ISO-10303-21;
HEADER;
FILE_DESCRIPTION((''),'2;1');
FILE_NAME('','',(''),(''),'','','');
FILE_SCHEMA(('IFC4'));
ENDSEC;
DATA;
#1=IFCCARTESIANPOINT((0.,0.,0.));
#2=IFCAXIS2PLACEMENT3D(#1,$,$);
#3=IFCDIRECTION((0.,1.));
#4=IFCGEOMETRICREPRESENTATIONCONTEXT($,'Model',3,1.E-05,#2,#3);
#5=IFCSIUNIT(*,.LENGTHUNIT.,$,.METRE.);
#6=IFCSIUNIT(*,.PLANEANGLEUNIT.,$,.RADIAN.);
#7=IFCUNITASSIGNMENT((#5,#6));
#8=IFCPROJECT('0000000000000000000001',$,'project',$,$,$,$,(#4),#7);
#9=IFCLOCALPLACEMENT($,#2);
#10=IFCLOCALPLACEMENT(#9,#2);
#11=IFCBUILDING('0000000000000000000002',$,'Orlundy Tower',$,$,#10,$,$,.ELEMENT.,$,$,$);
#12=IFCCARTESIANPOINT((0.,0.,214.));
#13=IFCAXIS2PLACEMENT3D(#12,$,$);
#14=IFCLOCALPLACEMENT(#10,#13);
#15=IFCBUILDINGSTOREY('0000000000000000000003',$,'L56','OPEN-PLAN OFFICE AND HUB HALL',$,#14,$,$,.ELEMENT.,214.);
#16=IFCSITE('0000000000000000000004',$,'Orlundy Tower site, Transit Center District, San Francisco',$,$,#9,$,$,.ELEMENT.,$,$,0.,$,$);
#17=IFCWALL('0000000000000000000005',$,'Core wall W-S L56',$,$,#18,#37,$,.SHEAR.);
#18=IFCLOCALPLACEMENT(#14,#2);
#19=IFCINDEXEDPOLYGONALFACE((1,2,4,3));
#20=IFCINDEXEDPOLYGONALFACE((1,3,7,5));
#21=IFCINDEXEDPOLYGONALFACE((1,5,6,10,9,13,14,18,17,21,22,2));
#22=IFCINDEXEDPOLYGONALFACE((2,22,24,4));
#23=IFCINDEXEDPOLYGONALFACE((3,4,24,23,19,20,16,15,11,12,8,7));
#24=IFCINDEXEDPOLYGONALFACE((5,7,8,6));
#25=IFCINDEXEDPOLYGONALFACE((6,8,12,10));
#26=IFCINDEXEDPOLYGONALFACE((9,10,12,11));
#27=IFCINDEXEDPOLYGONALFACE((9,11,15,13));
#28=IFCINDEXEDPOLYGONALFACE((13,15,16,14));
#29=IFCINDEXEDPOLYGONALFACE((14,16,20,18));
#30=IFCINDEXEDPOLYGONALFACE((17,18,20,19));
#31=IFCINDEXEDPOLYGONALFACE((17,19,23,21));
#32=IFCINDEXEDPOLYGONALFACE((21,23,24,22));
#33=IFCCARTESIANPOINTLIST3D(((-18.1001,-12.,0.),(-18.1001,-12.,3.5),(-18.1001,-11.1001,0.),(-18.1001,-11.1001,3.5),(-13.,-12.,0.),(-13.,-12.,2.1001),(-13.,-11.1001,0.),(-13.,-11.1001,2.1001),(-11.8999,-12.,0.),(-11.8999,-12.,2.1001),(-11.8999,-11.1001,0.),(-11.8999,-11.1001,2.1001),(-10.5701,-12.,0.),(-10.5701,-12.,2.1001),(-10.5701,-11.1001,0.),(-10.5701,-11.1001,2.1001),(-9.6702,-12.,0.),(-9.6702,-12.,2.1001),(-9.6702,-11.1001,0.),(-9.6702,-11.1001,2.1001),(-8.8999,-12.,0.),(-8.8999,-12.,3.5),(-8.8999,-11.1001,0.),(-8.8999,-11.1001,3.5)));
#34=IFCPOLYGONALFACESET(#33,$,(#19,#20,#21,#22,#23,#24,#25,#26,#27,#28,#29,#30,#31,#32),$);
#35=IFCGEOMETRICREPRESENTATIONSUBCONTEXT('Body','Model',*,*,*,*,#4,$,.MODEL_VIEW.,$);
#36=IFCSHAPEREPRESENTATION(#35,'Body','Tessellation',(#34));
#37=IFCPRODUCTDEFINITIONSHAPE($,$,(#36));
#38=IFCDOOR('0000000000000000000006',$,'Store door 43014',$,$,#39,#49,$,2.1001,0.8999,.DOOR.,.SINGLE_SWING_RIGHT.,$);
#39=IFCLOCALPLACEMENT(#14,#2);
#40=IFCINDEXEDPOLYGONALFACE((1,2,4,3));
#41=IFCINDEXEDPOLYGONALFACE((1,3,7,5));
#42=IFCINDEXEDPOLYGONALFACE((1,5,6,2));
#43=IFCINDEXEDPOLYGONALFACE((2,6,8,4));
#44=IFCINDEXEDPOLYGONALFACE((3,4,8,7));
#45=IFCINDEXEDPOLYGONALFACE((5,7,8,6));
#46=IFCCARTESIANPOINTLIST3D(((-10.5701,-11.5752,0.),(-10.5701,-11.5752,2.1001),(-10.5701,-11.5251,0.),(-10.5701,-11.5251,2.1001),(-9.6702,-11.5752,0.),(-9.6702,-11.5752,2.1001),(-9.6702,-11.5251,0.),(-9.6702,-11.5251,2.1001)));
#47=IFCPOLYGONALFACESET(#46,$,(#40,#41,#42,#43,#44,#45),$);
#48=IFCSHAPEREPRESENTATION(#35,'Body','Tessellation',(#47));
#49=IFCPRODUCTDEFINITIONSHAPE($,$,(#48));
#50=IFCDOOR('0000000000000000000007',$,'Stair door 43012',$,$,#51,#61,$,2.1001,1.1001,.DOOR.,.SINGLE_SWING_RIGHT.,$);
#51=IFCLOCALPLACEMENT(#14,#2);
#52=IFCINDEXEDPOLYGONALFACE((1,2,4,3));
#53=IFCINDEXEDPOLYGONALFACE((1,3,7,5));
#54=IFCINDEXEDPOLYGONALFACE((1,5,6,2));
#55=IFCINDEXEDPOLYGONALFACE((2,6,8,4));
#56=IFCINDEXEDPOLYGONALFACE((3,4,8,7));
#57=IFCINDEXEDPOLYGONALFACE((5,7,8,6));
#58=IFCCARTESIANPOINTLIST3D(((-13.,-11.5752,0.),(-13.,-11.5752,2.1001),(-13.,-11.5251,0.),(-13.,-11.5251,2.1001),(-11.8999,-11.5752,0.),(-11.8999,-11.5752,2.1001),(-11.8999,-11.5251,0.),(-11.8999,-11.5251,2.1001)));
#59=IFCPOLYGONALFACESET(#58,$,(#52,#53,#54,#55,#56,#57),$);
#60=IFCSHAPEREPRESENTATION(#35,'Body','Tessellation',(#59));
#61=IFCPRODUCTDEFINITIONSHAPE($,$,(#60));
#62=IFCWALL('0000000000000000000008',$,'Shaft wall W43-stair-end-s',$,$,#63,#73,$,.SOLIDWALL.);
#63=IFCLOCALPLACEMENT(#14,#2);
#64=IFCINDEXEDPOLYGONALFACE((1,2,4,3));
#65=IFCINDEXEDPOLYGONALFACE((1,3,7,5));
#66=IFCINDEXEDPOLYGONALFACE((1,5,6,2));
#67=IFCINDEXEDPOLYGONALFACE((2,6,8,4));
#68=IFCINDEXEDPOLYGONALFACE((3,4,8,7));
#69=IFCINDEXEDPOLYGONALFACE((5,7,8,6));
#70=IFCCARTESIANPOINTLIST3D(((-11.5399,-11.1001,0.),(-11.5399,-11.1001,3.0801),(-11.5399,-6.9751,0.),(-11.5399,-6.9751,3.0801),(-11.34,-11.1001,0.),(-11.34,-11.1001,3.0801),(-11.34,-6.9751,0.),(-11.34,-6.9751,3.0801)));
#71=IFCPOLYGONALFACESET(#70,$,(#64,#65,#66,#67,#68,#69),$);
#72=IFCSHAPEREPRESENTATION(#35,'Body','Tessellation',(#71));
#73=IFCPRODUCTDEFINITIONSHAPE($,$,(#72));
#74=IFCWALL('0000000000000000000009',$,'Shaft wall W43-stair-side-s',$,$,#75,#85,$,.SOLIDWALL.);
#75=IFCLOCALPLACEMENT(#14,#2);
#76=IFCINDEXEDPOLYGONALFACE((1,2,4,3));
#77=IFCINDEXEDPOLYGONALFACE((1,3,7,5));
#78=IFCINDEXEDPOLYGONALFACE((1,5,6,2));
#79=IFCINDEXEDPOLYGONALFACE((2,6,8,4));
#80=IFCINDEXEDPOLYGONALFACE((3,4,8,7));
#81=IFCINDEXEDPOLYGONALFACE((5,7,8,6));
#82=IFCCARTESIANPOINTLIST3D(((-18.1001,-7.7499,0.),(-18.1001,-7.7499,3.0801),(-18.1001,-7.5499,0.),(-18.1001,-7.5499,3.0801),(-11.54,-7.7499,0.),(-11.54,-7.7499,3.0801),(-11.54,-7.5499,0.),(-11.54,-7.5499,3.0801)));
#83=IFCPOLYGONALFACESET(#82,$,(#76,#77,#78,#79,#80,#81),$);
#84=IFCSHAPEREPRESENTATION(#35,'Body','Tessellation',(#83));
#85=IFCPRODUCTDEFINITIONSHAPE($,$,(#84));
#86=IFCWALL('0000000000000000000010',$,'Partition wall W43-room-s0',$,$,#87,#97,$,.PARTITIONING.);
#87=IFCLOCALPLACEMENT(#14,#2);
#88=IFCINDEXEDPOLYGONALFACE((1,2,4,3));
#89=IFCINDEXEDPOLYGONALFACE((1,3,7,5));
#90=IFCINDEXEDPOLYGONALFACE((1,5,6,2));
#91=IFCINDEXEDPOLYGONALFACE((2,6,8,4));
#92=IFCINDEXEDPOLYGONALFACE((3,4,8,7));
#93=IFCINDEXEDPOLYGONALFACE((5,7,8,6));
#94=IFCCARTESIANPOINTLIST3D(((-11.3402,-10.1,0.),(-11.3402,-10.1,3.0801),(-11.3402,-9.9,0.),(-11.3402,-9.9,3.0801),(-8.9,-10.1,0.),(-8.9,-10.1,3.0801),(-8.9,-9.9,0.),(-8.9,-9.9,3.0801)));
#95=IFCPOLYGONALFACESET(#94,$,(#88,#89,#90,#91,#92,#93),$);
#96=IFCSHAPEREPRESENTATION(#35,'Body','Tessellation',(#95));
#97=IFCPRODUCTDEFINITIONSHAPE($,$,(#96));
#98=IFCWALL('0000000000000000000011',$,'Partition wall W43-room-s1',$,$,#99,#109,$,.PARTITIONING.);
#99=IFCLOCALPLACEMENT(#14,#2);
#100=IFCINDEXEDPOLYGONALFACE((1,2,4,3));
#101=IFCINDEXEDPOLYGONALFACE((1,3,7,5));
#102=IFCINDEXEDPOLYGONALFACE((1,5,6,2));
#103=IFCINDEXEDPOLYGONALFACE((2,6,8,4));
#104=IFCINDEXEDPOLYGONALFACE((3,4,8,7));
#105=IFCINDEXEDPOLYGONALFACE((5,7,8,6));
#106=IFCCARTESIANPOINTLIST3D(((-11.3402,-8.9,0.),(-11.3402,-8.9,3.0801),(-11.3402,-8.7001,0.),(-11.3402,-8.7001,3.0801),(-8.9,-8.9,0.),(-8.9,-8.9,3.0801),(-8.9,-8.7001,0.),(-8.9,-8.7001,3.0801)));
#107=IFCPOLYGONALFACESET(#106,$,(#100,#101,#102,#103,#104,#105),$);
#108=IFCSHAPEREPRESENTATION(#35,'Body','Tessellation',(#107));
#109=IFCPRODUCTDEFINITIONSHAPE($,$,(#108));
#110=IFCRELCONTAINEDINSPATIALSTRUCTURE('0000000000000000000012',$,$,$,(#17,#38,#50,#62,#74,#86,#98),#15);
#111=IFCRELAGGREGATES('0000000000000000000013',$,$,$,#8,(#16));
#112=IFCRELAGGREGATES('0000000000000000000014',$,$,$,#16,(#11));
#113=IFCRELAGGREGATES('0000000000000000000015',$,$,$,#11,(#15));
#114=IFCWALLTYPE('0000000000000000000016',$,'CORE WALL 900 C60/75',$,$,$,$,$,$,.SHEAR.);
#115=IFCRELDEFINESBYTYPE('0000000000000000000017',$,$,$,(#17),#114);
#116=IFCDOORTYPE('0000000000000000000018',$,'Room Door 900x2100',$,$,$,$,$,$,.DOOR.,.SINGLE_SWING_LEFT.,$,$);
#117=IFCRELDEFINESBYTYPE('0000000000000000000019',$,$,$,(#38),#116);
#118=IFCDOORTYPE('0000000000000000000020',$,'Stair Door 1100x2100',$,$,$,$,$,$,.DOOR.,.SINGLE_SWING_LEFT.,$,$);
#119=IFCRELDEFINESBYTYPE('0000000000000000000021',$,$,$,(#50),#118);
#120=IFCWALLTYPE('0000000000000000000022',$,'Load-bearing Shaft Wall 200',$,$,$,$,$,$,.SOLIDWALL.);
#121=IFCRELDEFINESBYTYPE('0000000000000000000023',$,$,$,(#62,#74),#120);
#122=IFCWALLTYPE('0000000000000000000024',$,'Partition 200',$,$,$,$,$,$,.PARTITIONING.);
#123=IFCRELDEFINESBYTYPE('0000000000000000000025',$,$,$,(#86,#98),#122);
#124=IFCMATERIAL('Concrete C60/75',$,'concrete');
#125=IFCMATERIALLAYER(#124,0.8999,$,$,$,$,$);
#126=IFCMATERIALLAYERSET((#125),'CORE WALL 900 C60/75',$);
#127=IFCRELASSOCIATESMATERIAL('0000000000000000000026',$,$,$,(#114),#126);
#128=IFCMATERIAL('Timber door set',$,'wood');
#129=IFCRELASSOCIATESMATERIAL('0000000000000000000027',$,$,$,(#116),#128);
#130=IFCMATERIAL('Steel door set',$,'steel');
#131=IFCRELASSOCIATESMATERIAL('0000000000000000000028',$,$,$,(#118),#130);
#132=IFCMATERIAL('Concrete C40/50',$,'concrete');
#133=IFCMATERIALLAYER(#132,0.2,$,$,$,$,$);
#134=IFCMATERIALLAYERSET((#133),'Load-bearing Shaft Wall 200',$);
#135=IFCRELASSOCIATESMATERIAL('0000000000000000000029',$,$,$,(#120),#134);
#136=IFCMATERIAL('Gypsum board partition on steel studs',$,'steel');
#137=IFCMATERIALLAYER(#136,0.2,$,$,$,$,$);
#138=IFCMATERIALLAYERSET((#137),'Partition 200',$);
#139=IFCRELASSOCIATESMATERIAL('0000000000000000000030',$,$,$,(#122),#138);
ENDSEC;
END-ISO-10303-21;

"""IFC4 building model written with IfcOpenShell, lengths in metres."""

from ifc_helpers import new_model, si_unit, direction, frame, frame_2d, origin, place, context, subcontext, project, spatial, rectangle, extrude, material, layer, layer_set, type_object, element, fill, save


model = new_model("IFC4")

# Units and contexts
model_context = context("Model", 3, precision=1e-05, world=origin(), true_north=direction((0.0, 1.0)))
body_context = subcontext(model_context, "Body", "Model", "MODEL_VIEW")
ifc_project = project(units=[si_unit("LENGTHUNIT", "METRE"), si_unit("PLANEANGLEUNIT", "RADIAN")], contexts=[model_context])

# Site, building, storey
site_placement = place(None, origin())
site = spatial("IfcSite", under=ifc_project, at=site_placement, Name="Orlundy Tower site, Transit Center District, San Francisco", CompositionType="ELEMENT", RefElevation=0.0)
building_placement = place(site_placement, origin())
building = spatial("IfcBuilding", under=site, at=building_placement, Name="Orlundy Tower", CompositionType="ELEMENT")
storey_placement = place(building_placement, frame((0.0, 0.0, 214.0)))
storey = spatial("IfcBuildingStorey", under=building, at=storey_placement, Name="L56", Description="OPEN-PLAN OFFICE AND HUB HALL", CompositionType="ELEMENT", Elevation=214.0)

# Wall, openings, doors
ifc_material_1 = material(Name="Concrete C60/75", Category="concrete")
ifc_layer_1 = layer(ifc_material_1, 0.8999)
ifc_layer_set_1 = layer_set([ifc_layer_1], Name="CORE WALL 900 C60/75")
wall_type_1 = type_object("IfcWallType", Name="CORE WALL 900 C60/75", PredefinedType="SHEAR", material=ifc_layer_set_1)
wall_1_placement = place(storey_placement, frame((-18.1001, -11.55, 0.0), z_axis=(0.0, 0.0, 1.0), x_axis=(1.0, 0.0, 0.0)))
wall_1 = element("IfcWall", 1, at=wall_1_placement, inside=storey, type_object=wall_type_1, Name="Core wall W-S L56", PredefinedType="SHEAR", context=body_context, shape_type="SweptSolid", body=[
    extrude(rectangle(XDim=9.2002, YDim=0.8999, at=frame_2d((4.6001, 0.0))), origin(), (0.0, 0.0, 1.0), 3.5),
])
opening_1_placement = place(wall_1_placement, frame((5.1001, 0.0, 0.0)))
opening_1 = element("IfcOpeningElement", 2, at=opening_1_placement, cuts=wall_1, PredefinedType="OPENING", context=body_context, shape_type="SweptSolid", body=[
    extrude(rectangle(XDim=1.1001, YDim=2.1001, at=frame_2d((0.55, 1.05))), frame((0.0, 0.46, 0.0), z_axis=(0.0, -1.0, 0.0), x_axis=(1.0, 0.0, 0.0)), (0.0, 0.0, 1.0), 0.9199),
])
opening_2_placement = place(wall_1_placement, frame((7.53, 0.0, 0.0)))
opening_2 = element("IfcOpeningElement", 3, at=opening_2_placement, cuts=wall_1, PredefinedType="OPENING", context=body_context, shape_type="SweptSolid", body=[
    extrude(rectangle(XDim=0.8999, YDim=2.1001, at=frame_2d((0.45, 1.05))), frame((0.0, 0.46, 0.0), z_axis=(0.0, -1.0, 0.0), x_axis=(1.0, 0.0, 0.0)), (0.0, 0.0, 1.0), 0.9199),
])
ifc_material_2 = material(Name="Timber door set", Category="wood")
door_type_1 = type_object("IfcDoorType", Name="Room Door 900x2100", OperationType="SINGLE_SWING_LEFT", PredefinedType="DOOR", material=ifc_material_2)
door_1_placement = place(opening_2_placement, origin())
door_1 = element("IfcDoor", 4, at=door_1_placement, inside=storey, type_object=door_type_1, Name="Store door 43014", OperationType="SINGLE_SWING_RIGHT", OverallHeight=2.1001, OverallWidth=0.8999, PredefinedType="DOOR", context=body_context, shape_type="SweptSolid", body=[
    extrude(rectangle(XDim=0.8999, YDim=2.1001, at=frame_2d((0.45, 1.05))), frame((0.0, 0.0249, 0.0), z_axis=(0.0, -1.0, 0.0), x_axis=(1.0, 0.0, 0.0)), (0.0, 0.0, 1.0), 0.05),
])
fill(opening_2, door_1)
ifc_material_3 = material(Name="Steel door set", Category="steel")
door_type_2 = type_object("IfcDoorType", Name="Stair Door 1100x2100", OperationType="SINGLE_SWING_LEFT", PredefinedType="DOOR", material=ifc_material_3)
door_2_placement = place(opening_1_placement, origin())
door_2 = element("IfcDoor", 5, at=door_2_placement, inside=storey, type_object=door_type_2, Name="Stair door 43012", OperationType="SINGLE_SWING_RIGHT", OverallHeight=2.1001, OverallWidth=1.1001, PredefinedType="DOOR", context=body_context, shape_type="SweptSolid", body=[
    extrude(rectangle(XDim=1.1001, YDim=2.1001, at=frame_2d((0.55, 1.05))), frame((0.0, 0.0249, 0.0), z_axis=(0.0, -1.0, 0.0), x_axis=(1.0, 0.0, 0.0)), (0.0, 0.0, 1.0), 0.05),
])
fill(opening_1, door_2)

# Walls
ifc_material_4 = material(Name="Concrete C40/50", Category="concrete")
ifc_layer_2 = layer(ifc_material_4, 0.2)
ifc_layer_set_2 = layer_set([ifc_layer_2], Name="Load-bearing Shaft Wall 200")
wall_type_2 = type_object("IfcWallType", Name="Load-bearing Shaft Wall 200", PredefinedType="SOLIDWALL", material=ifc_layer_set_2)
wall_2_placement = place(storey_placement, frame((-11.4399, -11.1001, 0.0), z_axis=(0.0, 0.0, 1.0), x_axis=(0.0, 1.0, 0.0)))
element("IfcWall", 6, at=wall_2_placement, inside=storey, type_object=wall_type_2, Name="Shaft wall W43-stair-end-s", PredefinedType="SOLIDWALL", context=body_context, shape_type="SweptSolid", body=[
    extrude(rectangle(XDim=4.125, YDim=0.2, at=frame_2d((2.0625, 0.0))), origin(), (0.0, 0.0, 1.0), 3.0801),
])
wall_3_placement = place(storey_placement, frame((-11.54, -7.6499, 0.0), z_axis=(0.0, 0.0, 1.0), x_axis=(-1.0, 0.0, 0.0)))
element("IfcWall", 7, at=wall_3_placement, inside=storey, type_object=wall_type_2, Name="Shaft wall W43-stair-side-s", PredefinedType="SOLIDWALL", context=body_context, shape_type="SweptSolid", body=[
    extrude(rectangle(XDim=6.5601, YDim=0.2, at=frame_2d((3.28, 0.0))), origin(), (0.0, 0.0, 1.0), 3.0801),
])
ifc_material_5 = material(Name="Gypsum board partition on steel studs", Category="steel")
ifc_layer_3 = layer(ifc_material_5, 0.2)
ifc_layer_set_3 = layer_set([ifc_layer_3], Name="Partition 200")
wall_type_3 = type_object("IfcWallType", Name="Partition 200", PredefinedType="PARTITIONING", material=ifc_layer_set_3)
for number, where, z_axis, x_axis, name in (
    (8, (-8.8999, -10.0, 0.0), (0.0, 0.0, 1.0), (-1.0, 0.0, 0.0), "Partition wall W43-room-s0"),
    (9, (-8.8999, -8.8, 0.0), (0.0, 0.0, 1.0), (-1.0, 0.0, 0.0), "Partition wall W43-room-s1"),
):
    element("IfcWall", number, at=place(storey_placement, frame(where, z_axis=z_axis, x_axis=x_axis)), inside=storey, type_object=wall_type_3, Name=name, PredefinedType="PARTITIONING", context=body_context, shape_type="SweptSolid", body=[
        extrude(rectangle(XDim=2.4402, YDim=0.2, at=frame_2d((1.2202, 0.0))), origin(), (0.0, 0.0, 1.0), 3.0801),
    ])

save(model, "model.ifc")
